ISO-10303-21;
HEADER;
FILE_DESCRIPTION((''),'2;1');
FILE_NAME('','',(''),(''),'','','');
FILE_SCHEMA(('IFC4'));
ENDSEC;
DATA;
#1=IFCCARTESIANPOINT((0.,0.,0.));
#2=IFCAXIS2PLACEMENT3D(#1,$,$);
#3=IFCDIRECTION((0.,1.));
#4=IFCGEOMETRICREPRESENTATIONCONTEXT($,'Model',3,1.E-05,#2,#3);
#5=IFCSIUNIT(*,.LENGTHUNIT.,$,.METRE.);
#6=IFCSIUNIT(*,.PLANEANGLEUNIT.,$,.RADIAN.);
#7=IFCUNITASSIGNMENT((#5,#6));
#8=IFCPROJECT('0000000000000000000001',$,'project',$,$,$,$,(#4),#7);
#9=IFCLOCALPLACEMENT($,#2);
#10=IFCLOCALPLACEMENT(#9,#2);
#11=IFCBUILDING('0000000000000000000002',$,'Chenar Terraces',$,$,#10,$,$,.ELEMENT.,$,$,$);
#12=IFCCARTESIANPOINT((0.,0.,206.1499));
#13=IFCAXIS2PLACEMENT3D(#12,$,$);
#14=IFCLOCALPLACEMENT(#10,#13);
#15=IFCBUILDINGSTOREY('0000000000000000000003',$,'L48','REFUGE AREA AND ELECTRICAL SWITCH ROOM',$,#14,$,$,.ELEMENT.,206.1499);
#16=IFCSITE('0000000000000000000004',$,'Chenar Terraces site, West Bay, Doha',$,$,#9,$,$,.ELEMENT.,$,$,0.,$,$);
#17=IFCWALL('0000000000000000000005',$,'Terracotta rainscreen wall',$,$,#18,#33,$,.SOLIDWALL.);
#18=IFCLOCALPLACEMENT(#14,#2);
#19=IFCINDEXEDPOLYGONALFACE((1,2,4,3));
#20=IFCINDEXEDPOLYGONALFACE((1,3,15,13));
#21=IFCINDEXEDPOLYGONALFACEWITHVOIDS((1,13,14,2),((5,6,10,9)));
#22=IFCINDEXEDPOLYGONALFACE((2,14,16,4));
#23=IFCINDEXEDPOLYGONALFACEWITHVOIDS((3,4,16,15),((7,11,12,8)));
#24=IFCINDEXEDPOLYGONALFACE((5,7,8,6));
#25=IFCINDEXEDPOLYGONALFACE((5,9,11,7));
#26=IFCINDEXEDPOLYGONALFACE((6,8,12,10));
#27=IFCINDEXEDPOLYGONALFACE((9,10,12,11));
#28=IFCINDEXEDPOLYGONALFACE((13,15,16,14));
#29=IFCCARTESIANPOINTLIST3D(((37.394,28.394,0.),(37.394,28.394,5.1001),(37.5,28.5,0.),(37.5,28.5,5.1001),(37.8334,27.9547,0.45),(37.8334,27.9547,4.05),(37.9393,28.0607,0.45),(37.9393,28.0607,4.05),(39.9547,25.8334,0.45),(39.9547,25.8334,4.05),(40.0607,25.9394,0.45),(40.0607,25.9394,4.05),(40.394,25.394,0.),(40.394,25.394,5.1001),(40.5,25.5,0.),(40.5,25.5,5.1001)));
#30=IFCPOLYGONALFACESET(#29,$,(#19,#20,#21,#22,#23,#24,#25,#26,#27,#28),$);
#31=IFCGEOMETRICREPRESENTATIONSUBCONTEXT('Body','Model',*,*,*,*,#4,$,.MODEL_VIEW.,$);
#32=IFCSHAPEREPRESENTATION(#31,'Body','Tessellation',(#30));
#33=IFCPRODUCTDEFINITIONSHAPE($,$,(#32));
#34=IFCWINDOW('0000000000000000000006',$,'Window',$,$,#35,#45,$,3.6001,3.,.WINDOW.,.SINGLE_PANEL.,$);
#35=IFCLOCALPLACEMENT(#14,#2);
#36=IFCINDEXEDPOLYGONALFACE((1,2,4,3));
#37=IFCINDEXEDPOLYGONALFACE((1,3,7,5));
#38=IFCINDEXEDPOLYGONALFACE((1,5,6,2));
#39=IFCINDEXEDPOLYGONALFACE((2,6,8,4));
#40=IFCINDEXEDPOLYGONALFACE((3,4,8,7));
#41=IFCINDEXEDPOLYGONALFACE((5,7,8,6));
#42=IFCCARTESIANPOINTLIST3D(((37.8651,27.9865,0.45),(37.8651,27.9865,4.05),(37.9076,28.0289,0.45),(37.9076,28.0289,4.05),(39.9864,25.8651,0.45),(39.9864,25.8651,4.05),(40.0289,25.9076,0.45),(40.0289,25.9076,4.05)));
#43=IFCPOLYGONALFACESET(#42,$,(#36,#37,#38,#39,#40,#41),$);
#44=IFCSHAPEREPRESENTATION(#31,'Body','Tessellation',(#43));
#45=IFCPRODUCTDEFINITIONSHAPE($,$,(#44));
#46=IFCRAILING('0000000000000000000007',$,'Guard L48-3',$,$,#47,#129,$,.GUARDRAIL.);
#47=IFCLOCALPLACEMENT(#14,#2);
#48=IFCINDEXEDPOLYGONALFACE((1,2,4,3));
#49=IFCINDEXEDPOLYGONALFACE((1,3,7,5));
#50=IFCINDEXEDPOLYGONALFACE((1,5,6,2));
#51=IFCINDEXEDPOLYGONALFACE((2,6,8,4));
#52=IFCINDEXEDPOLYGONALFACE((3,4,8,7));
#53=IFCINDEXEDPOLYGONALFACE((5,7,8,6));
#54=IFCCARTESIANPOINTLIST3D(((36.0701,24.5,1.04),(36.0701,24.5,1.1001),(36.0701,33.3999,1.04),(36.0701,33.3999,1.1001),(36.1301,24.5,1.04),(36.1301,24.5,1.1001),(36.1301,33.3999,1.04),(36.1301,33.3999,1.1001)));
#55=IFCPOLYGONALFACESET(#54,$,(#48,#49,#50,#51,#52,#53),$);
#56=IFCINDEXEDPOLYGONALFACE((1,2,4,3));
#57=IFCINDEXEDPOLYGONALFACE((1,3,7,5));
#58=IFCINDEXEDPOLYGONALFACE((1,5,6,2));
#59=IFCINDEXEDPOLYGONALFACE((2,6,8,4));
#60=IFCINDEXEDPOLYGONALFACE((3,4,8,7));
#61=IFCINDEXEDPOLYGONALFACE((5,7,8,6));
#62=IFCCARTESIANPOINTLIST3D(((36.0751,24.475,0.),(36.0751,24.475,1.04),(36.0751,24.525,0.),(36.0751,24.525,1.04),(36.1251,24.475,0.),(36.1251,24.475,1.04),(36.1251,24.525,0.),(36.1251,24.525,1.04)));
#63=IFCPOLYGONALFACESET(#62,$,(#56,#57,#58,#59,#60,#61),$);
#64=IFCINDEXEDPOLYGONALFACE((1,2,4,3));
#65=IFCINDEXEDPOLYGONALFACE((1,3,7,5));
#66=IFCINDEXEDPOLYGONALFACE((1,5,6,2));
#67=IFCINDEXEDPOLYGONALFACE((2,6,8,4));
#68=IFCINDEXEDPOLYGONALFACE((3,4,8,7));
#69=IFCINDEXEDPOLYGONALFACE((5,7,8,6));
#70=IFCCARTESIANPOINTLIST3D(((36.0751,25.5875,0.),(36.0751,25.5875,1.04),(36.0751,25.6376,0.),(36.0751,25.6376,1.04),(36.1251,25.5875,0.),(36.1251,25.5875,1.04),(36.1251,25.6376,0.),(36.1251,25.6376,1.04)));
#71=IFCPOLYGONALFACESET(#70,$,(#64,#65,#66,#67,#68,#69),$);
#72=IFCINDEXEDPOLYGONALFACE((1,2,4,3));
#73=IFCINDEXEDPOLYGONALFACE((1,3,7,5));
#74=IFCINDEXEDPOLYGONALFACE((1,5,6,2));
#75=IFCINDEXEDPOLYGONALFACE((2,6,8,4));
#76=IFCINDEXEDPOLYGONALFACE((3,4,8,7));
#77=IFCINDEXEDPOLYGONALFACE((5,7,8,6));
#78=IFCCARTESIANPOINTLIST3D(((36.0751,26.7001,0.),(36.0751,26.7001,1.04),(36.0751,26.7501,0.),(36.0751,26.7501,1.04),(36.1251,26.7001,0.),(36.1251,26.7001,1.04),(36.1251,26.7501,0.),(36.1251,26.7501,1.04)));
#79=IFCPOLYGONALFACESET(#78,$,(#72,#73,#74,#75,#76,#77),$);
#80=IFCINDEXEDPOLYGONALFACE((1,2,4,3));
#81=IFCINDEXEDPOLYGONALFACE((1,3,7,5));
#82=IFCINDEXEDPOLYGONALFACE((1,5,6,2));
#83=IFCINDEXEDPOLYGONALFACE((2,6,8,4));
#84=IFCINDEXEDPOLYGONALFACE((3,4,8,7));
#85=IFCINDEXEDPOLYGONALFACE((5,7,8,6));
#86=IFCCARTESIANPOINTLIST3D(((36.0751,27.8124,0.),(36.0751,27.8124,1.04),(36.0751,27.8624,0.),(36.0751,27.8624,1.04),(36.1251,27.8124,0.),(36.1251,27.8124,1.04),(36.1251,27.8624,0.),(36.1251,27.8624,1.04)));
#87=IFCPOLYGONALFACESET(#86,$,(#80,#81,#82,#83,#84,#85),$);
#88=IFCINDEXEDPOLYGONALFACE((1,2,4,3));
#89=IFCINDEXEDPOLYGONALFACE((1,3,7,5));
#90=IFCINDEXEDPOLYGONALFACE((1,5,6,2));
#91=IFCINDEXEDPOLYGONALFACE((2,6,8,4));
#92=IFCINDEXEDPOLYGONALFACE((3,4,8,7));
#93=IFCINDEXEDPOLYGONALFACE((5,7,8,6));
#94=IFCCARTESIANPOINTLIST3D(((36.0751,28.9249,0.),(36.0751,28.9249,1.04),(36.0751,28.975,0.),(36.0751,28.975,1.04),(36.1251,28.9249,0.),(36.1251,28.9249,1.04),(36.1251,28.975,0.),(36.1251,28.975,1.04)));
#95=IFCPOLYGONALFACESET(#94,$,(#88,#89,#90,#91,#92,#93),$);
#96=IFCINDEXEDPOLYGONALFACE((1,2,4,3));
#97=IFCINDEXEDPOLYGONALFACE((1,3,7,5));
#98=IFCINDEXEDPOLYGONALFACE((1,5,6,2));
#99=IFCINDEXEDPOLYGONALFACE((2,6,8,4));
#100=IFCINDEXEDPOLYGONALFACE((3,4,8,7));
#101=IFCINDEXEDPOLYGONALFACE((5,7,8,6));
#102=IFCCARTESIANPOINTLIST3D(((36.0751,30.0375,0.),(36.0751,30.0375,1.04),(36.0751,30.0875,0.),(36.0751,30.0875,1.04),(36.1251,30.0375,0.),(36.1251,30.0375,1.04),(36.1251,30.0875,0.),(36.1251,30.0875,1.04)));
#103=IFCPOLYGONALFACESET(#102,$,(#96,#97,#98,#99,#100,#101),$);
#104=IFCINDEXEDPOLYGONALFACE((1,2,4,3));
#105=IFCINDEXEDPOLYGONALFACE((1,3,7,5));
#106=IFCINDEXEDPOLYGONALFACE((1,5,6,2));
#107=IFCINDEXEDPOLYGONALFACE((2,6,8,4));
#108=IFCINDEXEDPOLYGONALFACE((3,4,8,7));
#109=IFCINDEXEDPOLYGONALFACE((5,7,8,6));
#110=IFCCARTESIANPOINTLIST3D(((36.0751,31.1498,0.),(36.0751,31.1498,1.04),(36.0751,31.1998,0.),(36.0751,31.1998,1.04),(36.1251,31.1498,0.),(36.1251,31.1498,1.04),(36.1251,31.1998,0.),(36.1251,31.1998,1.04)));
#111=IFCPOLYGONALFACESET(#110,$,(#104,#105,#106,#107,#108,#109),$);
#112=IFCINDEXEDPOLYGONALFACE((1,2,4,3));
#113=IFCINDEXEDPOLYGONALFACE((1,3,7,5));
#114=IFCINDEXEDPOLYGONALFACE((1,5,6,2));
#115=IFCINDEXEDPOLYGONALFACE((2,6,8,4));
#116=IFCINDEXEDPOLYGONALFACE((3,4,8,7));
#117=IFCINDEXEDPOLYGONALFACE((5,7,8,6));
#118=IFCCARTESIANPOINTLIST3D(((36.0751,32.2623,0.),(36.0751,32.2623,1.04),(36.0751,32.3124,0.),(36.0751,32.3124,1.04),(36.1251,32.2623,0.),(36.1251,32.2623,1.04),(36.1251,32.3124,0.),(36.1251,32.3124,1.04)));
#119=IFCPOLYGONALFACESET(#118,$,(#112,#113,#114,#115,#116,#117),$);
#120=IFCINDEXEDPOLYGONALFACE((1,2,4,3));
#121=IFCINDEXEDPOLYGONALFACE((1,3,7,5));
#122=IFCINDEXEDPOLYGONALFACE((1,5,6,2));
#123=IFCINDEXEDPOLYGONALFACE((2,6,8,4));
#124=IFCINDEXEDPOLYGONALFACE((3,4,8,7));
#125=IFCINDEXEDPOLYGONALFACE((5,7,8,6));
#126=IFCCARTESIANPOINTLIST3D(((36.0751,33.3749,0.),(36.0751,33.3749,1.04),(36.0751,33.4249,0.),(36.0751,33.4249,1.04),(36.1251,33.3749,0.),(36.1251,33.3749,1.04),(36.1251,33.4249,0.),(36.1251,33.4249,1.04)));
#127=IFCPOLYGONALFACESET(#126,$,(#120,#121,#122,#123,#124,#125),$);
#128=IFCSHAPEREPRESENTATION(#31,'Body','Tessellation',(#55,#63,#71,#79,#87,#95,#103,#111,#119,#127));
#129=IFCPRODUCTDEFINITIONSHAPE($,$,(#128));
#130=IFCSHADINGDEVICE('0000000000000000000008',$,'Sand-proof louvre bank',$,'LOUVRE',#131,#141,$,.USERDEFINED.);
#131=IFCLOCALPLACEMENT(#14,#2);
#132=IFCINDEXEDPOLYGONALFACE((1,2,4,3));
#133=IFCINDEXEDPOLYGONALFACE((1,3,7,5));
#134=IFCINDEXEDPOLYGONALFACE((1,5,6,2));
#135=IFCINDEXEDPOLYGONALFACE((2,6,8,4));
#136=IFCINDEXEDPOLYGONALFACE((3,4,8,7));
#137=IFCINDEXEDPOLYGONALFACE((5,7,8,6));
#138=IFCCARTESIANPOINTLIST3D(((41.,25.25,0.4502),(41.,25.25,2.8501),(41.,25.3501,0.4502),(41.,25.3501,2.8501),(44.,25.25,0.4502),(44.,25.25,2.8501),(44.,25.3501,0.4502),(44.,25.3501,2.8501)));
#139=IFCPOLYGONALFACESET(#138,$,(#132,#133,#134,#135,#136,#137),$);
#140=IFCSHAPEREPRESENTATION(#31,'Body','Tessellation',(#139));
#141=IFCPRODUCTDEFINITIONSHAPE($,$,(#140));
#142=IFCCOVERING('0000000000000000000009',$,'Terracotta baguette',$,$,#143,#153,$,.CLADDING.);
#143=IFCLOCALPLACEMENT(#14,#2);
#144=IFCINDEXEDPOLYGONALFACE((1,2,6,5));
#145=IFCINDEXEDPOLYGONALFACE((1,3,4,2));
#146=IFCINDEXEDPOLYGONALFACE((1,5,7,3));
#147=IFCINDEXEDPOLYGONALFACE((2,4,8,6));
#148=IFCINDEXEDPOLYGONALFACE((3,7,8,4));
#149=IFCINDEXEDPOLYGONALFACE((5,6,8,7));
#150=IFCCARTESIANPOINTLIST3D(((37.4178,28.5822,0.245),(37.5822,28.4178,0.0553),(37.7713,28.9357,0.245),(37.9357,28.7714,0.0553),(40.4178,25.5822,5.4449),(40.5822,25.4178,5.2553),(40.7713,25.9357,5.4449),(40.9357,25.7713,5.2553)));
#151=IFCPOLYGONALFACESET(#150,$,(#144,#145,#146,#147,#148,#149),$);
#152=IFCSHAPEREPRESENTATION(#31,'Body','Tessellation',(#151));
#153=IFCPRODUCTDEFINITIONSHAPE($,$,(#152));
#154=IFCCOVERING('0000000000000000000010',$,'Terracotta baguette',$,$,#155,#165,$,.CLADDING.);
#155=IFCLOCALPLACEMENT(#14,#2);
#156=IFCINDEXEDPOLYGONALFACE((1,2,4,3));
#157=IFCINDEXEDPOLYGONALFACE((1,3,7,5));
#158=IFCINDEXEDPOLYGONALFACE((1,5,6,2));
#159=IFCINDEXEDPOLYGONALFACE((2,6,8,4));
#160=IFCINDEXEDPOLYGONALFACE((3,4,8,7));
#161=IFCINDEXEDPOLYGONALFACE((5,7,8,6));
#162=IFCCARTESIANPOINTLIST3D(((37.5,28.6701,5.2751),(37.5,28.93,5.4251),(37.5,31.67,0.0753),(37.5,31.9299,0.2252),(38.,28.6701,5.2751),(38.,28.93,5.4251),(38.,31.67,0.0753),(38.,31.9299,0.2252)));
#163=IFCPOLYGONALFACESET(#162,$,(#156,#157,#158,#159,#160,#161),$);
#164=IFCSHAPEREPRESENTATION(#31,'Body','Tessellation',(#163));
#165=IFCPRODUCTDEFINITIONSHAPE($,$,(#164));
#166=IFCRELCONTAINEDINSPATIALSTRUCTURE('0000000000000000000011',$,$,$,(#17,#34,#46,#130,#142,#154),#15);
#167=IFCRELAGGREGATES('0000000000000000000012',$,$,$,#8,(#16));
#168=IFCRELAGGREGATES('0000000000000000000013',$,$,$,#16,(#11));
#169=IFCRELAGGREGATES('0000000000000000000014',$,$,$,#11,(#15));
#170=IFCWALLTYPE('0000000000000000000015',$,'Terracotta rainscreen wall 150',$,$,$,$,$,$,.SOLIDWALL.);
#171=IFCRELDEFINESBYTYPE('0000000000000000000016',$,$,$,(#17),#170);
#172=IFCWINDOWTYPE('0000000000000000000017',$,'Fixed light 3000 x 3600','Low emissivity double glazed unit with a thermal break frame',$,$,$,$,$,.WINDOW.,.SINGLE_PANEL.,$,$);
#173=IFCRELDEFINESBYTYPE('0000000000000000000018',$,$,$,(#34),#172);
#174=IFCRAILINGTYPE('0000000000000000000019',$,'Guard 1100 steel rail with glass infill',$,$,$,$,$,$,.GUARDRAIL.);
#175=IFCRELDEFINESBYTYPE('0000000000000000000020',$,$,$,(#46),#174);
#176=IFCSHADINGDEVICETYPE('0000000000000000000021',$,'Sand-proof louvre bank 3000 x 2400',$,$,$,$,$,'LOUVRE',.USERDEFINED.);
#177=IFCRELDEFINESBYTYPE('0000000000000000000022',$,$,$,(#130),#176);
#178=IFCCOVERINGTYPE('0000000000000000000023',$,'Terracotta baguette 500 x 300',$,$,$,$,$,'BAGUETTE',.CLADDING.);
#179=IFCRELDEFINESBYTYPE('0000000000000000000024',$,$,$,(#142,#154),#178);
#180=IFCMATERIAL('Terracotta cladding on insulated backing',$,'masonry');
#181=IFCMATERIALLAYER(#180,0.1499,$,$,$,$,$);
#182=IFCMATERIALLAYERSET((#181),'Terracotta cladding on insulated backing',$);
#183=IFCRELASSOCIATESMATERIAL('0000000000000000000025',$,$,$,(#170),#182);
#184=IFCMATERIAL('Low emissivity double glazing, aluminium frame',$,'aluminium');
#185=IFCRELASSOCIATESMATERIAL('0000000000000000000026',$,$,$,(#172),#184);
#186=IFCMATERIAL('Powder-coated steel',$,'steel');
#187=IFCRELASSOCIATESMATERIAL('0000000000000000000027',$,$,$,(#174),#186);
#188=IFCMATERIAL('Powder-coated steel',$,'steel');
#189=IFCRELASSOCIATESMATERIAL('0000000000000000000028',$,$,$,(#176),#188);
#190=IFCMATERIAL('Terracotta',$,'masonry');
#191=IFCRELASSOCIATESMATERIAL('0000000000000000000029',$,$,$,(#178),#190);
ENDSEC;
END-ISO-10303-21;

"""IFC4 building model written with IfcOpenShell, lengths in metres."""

from ifc_helpers import new_model, si_unit, direction, frame, frame_2d, origin, origin_2d, place, context, subcontext, project, spatial, rectangle, extrude, material, layer, layer_set, material_profile, profile_set, type_object, element, fill, save


model = new_model("IFC4")

# Units and contexts
model_context = context("Model", 3, precision=1e-05, world=origin(), true_north=direction((0.0, 1.0)))
body_context = subcontext(model_context, "Body", "Model", "MODEL_VIEW")
ifc_project = project(units=[si_unit("LENGTHUNIT", "METRE"), si_unit("PLANEANGLEUNIT", "RADIAN")], contexts=[model_context])

# Site, building, storey
site_placement = place(None, origin())
site = spatial("IfcSite", under=ifc_project, at=site_placement, Name="Chenar Terraces site, West Bay, Doha", CompositionType="ELEMENT", RefElevation=0.0)
building_placement = place(site_placement, origin())
building = spatial("IfcBuilding", under=site, at=building_placement, Name="Chenar Terraces", CompositionType="ELEMENT")
storey_placement = place(building_placement, frame((0.0, 0.0, 206.1499)))
storey = spatial("IfcBuildingStorey", under=building, at=storey_placement, Name="L48", Description="REFUGE AREA AND ELECTRICAL SWITCH ROOM", CompositionType="ELEMENT", Elevation=206.1499)

# Wall, opening, window
ifc_material_1 = material(Name="Terracotta cladding on insulated backing", Category="masonry")
ifc_layer_1 = layer(ifc_material_1, 0.1499)
ifc_layer_set_1 = layer_set([ifc_layer_1], Name="Terracotta cladding on insulated backing")
wall_type_1 = type_object("IfcWallType", Name="Terracotta rainscreen wall 150", PredefinedType="SOLIDWALL", material=ifc_layer_set_1)
wall_1_placement = place(storey_placement, frame((40.447, 25.447, 0.0), z_axis=(0.0, 0.0, 1.0), x_axis=(-0.707107, 0.707107, 0.0)))
wall_1 = element("IfcWall", 1, at=wall_1_placement, inside=storey, type_object=wall_type_1, Name="Terracotta rainscreen wall", PredefinedType="SOLIDWALL", context=body_context, shape_type="SweptSolid", body=[
    extrude(rectangle(XDim=4.2427, YDim=0.1499, at=frame_2d((2.1213, 0.0))), origin(), (0.0, 0.0, 1.0), 5.1001),
])
opening_placement = place(wall_1_placement, frame((0.6213, 0.0, 0.45)))
opening = element("IfcOpeningElement", 2, at=opening_placement, cuts=wall_1, PredefinedType="OPENING", context=body_context, shape_type="SweptSolid", body=[
    extrude(rectangle(XDim=3.0, YDim=3.6001, at=frame_2d((1.5, 1.8))), frame((0.0, 0.085, 0.0), z_axis=(0.0, -1.0, 0.0), x_axis=(1.0, 0.0, 0.0)), (0.0, 0.0, 1.0), 0.1699),
])
ifc_material_2 = material(Name="Low emissivity double glazing, aluminium frame", Category="aluminium")
window_type = type_object("IfcWindowType", Name="Fixed light 3000 x 3600", Description="Low emissivity double glazed unit with a thermal break frame", PartitioningType="SINGLE_PANEL", PredefinedType="WINDOW", material=ifc_material_2)
window_placement = place(opening_placement, origin())
window = element("IfcWindow", 3, at=window_placement, inside=storey, type_object=window_type, Name="Window", OverallHeight=3.6001, OverallWidth=3.0, PartitioningType="SINGLE_PANEL", PredefinedType="WINDOW", context=body_context, shape_type="SweptSolid", body=[
    extrude(rectangle(XDim=3.0, YDim=3.6001, at=frame_2d((1.5, 1.8))), frame((0.0, 0.03, 0.0), z_axis=(0.0, -1.0, 0.0), x_axis=(1.0, 0.0, 0.0)), (0.0, 0.0, 1.0), 0.0601),
])
fill(opening, window)

# Railing
ifc_material_3 = material(Name="Powder-coated steel", Category="steel")
railing_type = type_object("IfcRailingType", Name="Guard 1100 steel rail with glass infill", PredefinedType="GUARDRAIL", material=ifc_material_3)
railing_placement = place(storey_placement, frame((36.1001, 24.5, 0.0)))
element("IfcRailing", 4, at=railing_placement, inside=storey, type_object=railing_type, Name="Guard L48-3", PredefinedType="GUARDRAIL", context=body_context, shape_type="SweptSolid", body=[
    extrude(rectangle(XDim=0.0601, YDim=0.0601, at=origin_2d()), frame((0.0, 0.0, 1.0701), z_axis=(0.0, 1.0, 0.0), x_axis=(-1.0, 0.0, 0.0)), (0.0, 0.0, 1.0), 8.8999),
    extrude(rectangle(XDim=0.05, YDim=0.05, at=origin_2d()), origin(), (0.0, 0.0, 1.0), 1.04),
    extrude(rectangle(XDim=0.05, YDim=0.05, at=origin_2d()), frame((0.0, 1.1125, 0.0)), (0.0, 0.0, 1.0), 1.04),
    extrude(rectangle(XDim=0.05, YDim=0.05, at=origin_2d()), frame((0.0, 2.2251, 0.0)), (0.0, 0.0, 1.0), 1.04),
    extrude(rectangle(XDim=0.05, YDim=0.05, at=origin_2d()), frame((0.0, 3.3374, 0.0)), (0.0, 0.0, 1.0), 1.04),
    extrude(rectangle(XDim=0.05, YDim=0.05, at=origin_2d()), frame((0.0, 4.45, 0.0)), (0.0, 0.0, 1.0), 1.04),
    extrude(rectangle(XDim=0.05, YDim=0.05, at=origin_2d()), frame((0.0, 5.5625, 0.0)), (0.0, 0.0, 1.0), 1.04),
    extrude(rectangle(XDim=0.05, YDim=0.05, at=origin_2d()), frame((0.0, 6.6748, 0.0)), (0.0, 0.0, 1.0), 1.04),
    extrude(rectangle(XDim=0.05, YDim=0.05, at=origin_2d()), frame((0.0, 7.7874, 0.0)), (0.0, 0.0, 1.0), 1.04),
    extrude(rectangle(XDim=0.05, YDim=0.05, at=origin_2d()), frame((0.0, 8.8999, 0.0)), (0.0, 0.0, 1.0), 1.04),
])

# Shading device
ifc_material_4 = material(Name="Powder-coated steel", Category="steel")
shading_device_type = type_object("IfcShadingDeviceType", Name="Sand-proof louvre bank 3000 x 2400", ElementType="LOUVRE", PredefinedType="USERDEFINED", material=ifc_material_4)
shading_device_placement = place(storey_placement, frame((42.5, 25.3, 0.4502), z_axis=(0.0, 0.0, 1.0), x_axis=(-1.0, 0.0, 0.0)))
element("IfcShadingDevice", 5, at=shading_device_placement, inside=storey, type_object=shading_device_type, Name="Sand-proof louvre bank", ObjectType="LOUVRE", PredefinedType="USERDEFINED", context=body_context, shape_type="SweptSolid", body=[
    extrude(rectangle(XDim=3.0, YDim=0.1001, at=origin_2d()), origin(), (0.0, 0.0, 1.0), 2.3999),
])

# Coverings
ifc_material_5 = material(Name="Terracotta", Category="masonry")
ifc_material_profile_1 = material_profile(ifc_material_5, rectangle(XDim=0.5, YDim=0.3, at=origin_2d()), Name="Terracotta baguette 500 x 300")
ifc_profile_set_1 = profile_set([ifc_material_profile_1], Name="Terracotta")
covering_type = type_object("IfcCoveringType", Name="Terracotta baguette 500 x 300", ElementType="BAGUETTE", PredefinedType="CLADDING", material=ifc_profile_set_1)
covering_1_placement = place(storey_placement, frame((40.6768, 25.6768, 5.3501), z_axis=(-0.447017, 0.447017, -0.774823), x_axis=(-0.707107, -0.707107, 0.0)))
element("IfcCovering", 6, at=covering_1_placement, inside=storey, type_object=covering_type, Name="Terracotta baguette", PredefinedType="CLADDING", context=body_context, shape_type="SweptSolid", body=[
    extrude(rectangle(XDim=0.5, YDim=0.3, at=origin_2d()), origin(), (0.0, 0.0, 1.0), 6.7112),
])
covering_2_placement = place(storey_placement, frame((37.75, 28.8, 5.3501), z_axis=(0.0, 0.499726, -0.866184), x_axis=(-1.0, 0.0, 0.0)))
element("IfcCovering", 7, at=covering_2_placement, inside=storey, type_object=covering_type, Name="Terracotta baguette", PredefinedType="CLADDING", context=body_context, shape_type="SweptSolid", body=[
    extrude(rectangle(XDim=0.5, YDim=0.3, at=origin_2d()), origin(), (0.0, 0.0, 1.0), 6.0032),
])

save(model, "model.ifc")
